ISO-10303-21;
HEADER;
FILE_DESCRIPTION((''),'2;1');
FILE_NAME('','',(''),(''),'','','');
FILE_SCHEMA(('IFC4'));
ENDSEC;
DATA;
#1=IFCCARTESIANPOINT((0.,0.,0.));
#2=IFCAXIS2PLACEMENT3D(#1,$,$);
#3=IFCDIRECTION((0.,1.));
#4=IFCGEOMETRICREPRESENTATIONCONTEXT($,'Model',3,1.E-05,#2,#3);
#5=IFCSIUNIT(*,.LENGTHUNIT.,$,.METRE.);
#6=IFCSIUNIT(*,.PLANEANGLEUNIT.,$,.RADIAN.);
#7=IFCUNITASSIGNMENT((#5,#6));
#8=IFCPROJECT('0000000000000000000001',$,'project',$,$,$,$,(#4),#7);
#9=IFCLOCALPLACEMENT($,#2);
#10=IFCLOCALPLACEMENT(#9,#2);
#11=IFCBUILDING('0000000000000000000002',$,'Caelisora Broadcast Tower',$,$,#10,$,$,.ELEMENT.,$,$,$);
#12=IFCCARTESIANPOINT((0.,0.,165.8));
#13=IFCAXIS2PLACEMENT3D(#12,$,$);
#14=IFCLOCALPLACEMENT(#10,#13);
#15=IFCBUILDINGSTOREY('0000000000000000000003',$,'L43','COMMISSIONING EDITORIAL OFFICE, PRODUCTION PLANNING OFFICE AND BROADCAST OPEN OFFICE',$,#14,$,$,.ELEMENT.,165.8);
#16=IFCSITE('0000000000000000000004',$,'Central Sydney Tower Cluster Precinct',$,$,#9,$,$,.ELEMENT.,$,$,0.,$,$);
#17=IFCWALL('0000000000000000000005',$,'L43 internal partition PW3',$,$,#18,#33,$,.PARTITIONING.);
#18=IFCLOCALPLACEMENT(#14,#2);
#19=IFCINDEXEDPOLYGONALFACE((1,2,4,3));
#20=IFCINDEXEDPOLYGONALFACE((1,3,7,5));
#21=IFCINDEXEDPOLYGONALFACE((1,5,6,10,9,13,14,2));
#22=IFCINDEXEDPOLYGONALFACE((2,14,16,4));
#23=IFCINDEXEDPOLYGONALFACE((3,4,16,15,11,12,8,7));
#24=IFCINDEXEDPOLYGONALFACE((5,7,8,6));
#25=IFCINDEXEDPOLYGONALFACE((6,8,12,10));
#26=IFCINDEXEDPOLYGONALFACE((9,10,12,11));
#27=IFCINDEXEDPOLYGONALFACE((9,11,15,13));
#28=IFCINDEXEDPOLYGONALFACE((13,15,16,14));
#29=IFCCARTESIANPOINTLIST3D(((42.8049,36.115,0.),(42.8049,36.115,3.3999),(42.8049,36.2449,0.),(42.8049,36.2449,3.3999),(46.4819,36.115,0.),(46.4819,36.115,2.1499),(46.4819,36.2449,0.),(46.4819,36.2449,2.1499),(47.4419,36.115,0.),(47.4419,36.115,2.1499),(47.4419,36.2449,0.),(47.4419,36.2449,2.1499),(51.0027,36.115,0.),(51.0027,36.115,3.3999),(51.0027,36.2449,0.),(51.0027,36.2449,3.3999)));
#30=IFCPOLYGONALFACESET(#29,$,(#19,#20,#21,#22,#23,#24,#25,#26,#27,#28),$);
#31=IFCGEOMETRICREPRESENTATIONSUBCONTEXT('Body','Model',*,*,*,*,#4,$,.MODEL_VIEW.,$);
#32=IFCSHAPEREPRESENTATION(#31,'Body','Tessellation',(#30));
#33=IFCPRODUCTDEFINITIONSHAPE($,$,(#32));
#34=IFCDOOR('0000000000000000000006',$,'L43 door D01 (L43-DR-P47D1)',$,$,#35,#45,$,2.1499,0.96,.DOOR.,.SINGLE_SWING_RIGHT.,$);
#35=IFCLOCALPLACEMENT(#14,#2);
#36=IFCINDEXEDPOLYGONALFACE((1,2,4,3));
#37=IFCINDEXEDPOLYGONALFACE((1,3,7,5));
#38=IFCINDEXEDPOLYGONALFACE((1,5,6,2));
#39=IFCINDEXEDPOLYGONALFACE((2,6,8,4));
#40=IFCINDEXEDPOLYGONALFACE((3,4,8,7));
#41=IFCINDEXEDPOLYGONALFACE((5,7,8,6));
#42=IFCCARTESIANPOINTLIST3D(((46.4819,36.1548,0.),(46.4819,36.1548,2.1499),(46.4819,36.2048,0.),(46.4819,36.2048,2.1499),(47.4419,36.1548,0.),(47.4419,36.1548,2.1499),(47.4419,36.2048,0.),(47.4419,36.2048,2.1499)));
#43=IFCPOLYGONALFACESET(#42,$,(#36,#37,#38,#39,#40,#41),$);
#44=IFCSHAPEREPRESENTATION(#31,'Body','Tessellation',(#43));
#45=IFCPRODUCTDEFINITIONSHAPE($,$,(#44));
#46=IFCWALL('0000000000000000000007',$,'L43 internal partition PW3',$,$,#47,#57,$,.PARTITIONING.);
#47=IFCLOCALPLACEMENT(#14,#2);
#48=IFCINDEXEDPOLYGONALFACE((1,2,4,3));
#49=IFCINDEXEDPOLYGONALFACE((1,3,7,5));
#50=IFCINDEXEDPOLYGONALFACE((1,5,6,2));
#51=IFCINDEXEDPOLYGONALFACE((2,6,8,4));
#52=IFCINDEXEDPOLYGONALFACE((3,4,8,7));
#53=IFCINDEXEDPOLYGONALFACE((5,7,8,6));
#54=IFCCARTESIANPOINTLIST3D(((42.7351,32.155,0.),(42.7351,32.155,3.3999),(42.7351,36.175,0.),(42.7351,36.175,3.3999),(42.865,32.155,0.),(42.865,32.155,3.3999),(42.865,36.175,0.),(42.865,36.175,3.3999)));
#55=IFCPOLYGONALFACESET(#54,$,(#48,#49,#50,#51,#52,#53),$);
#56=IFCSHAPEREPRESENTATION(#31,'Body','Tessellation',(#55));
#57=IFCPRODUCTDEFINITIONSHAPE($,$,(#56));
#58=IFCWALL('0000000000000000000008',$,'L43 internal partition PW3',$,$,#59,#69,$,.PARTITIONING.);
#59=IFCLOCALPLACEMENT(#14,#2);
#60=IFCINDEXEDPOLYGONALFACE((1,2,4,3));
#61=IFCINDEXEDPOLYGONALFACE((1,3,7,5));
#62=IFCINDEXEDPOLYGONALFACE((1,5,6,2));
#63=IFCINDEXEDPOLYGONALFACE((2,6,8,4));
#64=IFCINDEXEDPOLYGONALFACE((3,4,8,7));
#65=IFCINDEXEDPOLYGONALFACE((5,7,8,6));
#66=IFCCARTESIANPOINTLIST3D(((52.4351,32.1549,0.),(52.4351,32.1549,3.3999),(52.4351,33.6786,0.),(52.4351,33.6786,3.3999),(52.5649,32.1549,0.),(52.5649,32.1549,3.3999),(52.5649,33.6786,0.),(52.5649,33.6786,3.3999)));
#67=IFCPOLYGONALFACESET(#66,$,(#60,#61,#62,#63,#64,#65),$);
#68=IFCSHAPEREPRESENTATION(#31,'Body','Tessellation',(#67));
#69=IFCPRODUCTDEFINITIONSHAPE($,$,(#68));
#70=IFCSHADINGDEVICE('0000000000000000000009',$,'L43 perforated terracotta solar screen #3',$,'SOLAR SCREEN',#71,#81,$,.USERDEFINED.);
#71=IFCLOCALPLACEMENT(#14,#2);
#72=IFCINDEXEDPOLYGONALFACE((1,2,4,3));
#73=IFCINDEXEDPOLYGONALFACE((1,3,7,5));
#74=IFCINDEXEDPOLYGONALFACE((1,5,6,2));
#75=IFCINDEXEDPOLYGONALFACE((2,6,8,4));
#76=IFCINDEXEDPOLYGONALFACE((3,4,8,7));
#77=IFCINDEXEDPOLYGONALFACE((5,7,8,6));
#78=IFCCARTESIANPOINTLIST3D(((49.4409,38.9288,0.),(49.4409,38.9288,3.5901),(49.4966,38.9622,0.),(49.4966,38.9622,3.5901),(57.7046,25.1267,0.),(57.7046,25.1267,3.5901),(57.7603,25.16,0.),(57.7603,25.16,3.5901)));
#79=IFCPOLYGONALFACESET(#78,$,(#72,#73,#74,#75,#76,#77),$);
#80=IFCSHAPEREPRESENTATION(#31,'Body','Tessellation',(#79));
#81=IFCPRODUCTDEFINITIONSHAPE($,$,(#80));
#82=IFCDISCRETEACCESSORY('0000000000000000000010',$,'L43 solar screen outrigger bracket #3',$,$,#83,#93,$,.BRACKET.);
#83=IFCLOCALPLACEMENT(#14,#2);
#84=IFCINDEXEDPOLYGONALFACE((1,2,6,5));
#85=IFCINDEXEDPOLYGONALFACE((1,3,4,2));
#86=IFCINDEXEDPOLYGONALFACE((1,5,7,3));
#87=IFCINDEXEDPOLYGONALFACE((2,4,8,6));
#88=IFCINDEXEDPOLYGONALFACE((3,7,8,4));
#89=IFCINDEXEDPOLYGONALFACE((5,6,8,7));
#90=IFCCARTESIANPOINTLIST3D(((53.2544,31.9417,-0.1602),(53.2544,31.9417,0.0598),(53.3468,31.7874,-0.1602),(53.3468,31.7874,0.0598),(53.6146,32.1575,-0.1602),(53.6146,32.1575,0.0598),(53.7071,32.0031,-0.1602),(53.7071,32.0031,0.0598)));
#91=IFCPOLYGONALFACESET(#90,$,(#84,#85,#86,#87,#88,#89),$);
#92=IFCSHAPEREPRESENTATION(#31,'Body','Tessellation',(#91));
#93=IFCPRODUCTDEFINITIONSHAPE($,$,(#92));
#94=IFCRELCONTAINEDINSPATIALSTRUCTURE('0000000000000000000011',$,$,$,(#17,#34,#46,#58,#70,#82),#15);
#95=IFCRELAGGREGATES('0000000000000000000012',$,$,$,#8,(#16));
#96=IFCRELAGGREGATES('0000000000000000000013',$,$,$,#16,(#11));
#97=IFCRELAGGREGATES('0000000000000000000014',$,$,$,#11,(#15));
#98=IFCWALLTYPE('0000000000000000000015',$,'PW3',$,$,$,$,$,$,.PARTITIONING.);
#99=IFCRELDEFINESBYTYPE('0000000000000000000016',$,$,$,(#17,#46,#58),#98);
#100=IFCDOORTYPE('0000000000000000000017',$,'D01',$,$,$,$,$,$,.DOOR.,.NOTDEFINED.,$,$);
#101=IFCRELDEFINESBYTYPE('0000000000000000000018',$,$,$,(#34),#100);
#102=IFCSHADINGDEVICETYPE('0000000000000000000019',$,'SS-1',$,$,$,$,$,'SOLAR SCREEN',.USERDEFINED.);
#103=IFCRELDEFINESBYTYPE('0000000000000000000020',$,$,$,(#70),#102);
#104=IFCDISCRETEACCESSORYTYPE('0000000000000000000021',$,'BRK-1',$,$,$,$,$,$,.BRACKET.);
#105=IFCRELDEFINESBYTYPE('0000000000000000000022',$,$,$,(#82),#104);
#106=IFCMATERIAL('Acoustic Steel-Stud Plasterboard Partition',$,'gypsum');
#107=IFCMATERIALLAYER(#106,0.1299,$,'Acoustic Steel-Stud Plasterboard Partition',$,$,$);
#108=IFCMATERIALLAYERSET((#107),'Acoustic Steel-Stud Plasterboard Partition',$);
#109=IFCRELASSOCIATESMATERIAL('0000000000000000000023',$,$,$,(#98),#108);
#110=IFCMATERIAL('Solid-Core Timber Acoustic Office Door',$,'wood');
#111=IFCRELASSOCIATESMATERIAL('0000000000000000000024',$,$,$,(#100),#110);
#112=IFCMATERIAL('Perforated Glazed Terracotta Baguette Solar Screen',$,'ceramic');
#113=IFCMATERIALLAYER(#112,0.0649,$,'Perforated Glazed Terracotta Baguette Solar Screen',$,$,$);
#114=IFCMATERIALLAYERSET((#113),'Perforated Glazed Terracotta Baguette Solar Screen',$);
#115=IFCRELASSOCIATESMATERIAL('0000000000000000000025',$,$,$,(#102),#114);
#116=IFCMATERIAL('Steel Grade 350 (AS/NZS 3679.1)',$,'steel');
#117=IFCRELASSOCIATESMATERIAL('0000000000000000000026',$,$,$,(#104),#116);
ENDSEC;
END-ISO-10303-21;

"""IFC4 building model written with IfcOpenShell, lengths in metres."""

from ifc_helpers import new_model, si_unit, direction, frame, frame_2d, origin, origin_2d, place, context, subcontext, project, spatial, rectangle, extrude, source, transform, mapped, material, layer, layer_set, type_object, type_shapes, element, fill, save


model = new_model("IFC4")

# Units and contexts
model_context = context("Model", 3, precision=1e-05, world=origin(), true_north=direction((0.0, 1.0)))
body_context = subcontext(model_context, "Body", "Model", "MODEL_VIEW")
ifc_project = project(units=[si_unit("LENGTHUNIT", "METRE"), si_unit("PLANEANGLEUNIT", "RADIAN")], contexts=[model_context])

# Site, building, storey
site_placement = place(None, origin())
site = spatial("IfcSite", under=ifc_project, at=site_placement, Name="Central Sydney Tower Cluster Precinct", CompositionType="ELEMENT", RefElevation=0.0)
building_placement = place(site_placement, origin())
building = spatial("IfcBuilding", under=site, at=building_placement, Name="Caelisora Broadcast Tower", CompositionType="ELEMENT")
storey_placement = place(building_placement, frame((0.0, 0.0, 165.8)))
storey = spatial("IfcBuildingStorey", under=building, at=storey_placement, Name="L43", Description="COMMISSIONING EDITORIAL OFFICE, PRODUCTION PLANNING OFFICE AND BROADCAST OPEN OFFICE", CompositionType="ELEMENT", Elevation=165.8)

# Shared definitions
ifc_material_1 = material(Name="Steel Grade 350 (AS/NZS 3679.1)", Category="steel")

# Shared definitions
ifc_material_2 = material(Name="Acoustic Steel-Stud Plasterboard Partition", Category="gypsum")
ifc_layer_1 = layer(ifc_material_2, 0.1299, Name="Acoustic Steel-Stud Plasterboard Partition")
ifc_layer_set_1 = layer_set([ifc_layer_1], Name="Acoustic Steel-Stud Plasterboard Partition")
wall_type = type_object("IfcWallType", Name="PW3", PredefinedType="PARTITIONING", material=ifc_layer_set_1)
ifc_material_3 = material(Name="Solid-Core Timber Acoustic Office Door", Category="wood")
door_type = type_object("IfcDoorType", Name="D01", OperationType="NOTDEFINED", PredefinedType="DOOR", material=ifc_material_3)

# Wall, opening, door
wall_1_placement = place(storey_placement, frame((42.8049, 36.1799, 0.0), z_axis=(0.0, 0.0, 1.0), x_axis=(1.0, 0.0, 0.0)))
wall_1 = element("IfcWall", 1, at=wall_1_placement, inside=storey, type_object=wall_type, Name="L43 internal partition PW3", PredefinedType="PARTITIONING", context=body_context, shape_type="SweptSolid", body=[
    extrude(rectangle(XDim=8.1978, YDim=0.1299, at=frame_2d((4.0989, 0.0))), origin(), (0.0, 0.0, 1.0), 3.3999),
])
opening_1_placement = place(wall_1_placement, frame((3.677, 0.0, 0.0)))
opening_1 = element("IfcOpeningElement", 2, at=opening_1_placement, cuts=wall_1, PredefinedType="OPENING", context=body_context, shape_type="SweptSolid", body=[
    extrude(rectangle(XDim=0.96, YDim=2.1499, at=frame_2d((0.48, 1.075))), frame((0.0, 0.0769, 0.0), z_axis=(0.0, -1.0, 0.0), x_axis=(1.0, 0.0, 0.0)), (0.0, 0.0, 1.0), 0.1538),
])
door_1_placement = place(opening_1_placement, origin())
door_1 = element("IfcDoor", 3, at=door_1_placement, inside=storey, type_object=door_type, Name="L43 door D01 (L43-DR-P47D1)", OperationType="SINGLE_SWING_RIGHT", OverallHeight=2.1499, OverallWidth=0.96, PredefinedType="DOOR", context=body_context, shape_type="SweptSolid", body=[
    extrude(rectangle(XDim=0.96, YDim=2.1499, at=frame_2d((0.48, 1.075))), frame((0.0, 0.0249, 0.0), z_axis=(0.0, -1.0, 0.0), x_axis=(1.0, 0.0, 0.0)), (0.0, 0.0, 1.0), 0.05),
])
fill(opening_1, door_1)

# Walls
wall_2_placement = place(storey_placement, frame((42.8, 32.155, 0.0), z_axis=(0.0, 0.0, 1.0), x_axis=(0.0, 1.0, 0.0)))
element("IfcWall", 4, at=wall_2_placement, inside=storey, type_object=wall_type, Name="L43 internal partition PW3", PredefinedType="PARTITIONING", context=body_context, shape_type="SweptSolid", body=[
    extrude(rectangle(XDim=4.02, YDim=0.1299, at=frame_2d((2.01, 0.0))), origin(), (0.0, 0.0, 1.0), 3.3999),
])
wall_3_placement = place(storey_placement, frame((52.5, 32.155, 0.0), z_axis=(0.0, 0.0, 1.0), x_axis=(0.0, 1.0, 0.0)))
element("IfcWall", 5, at=wall_3_placement, inside=storey, type_object=wall_type, Name="L43 internal partition PW3", PredefinedType="PARTITIONING", context=body_context, shape_type="SweptSolid", body=[
    extrude(rectangle(XDim=1.5237, YDim=0.1299, at=frame_2d((0.7617, 0.0))), origin(), (0.0, 0.0, 1.0), 3.3999),
])

# Shading device
ifc_material_4 = material(Name="Perforated Glazed Terracotta Baguette Solar Screen", Category="ceramic")
ifc_layer_2 = layer(ifc_material_4, 0.0649, Name="Perforated Glazed Terracotta Baguette Solar Screen")
ifc_layer_set_2 = layer_set([ifc_layer_2], Name="Perforated Glazed Terracotta Baguette Solar Screen")
shading_device_type = type_object("IfcShadingDeviceType", Name="SS-1", ElementType="SOLAR SCREEN", PredefinedType="USERDEFINED", material=ifc_layer_set_2)
shared_shape_1 = source(origin(), body_context, "Body", "SweptSolid", [
    extrude(rectangle(XDim=16.0869, YDim=0.0649, at=origin_2d()), origin(), (0.0, 0.0, 1.0), 3.5901),
])
type_shapes(shading_device_type, [shared_shape_1])
shading_device_placement = place(storey_placement, frame((53.6006, 32.0444, 0.0), z_axis=(0.0, 0.0, 1.0), x_axis=(-0.513691, 0.857975, 0.0)))
element("IfcShadingDevice", 6, at=shading_device_placement, inside=storey, type_object=shading_device_type, Name="L43 perforated terracotta solar screen #3", ObjectType="SOLAR SCREEN", PredefinedType="USERDEFINED", context=body_context, shape_type="MappedRepresentation", body=[
    mapped(shared_shape_1, transform((0.0, 0.0, 0.0), scale=1.0)),
])

# Discrete accessory
discrete_accessory_type = type_object("IfcDiscreteAccessoryType", Name="BRK-1", PredefinedType="BRACKET", material=ifc_material_1)
shared_shape_2 = source(origin(), body_context, "Body", "SweptSolid", [
    extrude(rectangle(XDim=0.1799, YDim=0.4199, at=origin_2d()), origin(), (0.0, 0.0, 1.0), 0.22),
])
type_shapes(discrete_accessory_type, [shared_shape_2])
discrete_accessory_placement = place(storey_placement, frame((53.4807, 31.9724, -0.1602), z_axis=(0.0, 0.0, 1.0), x_axis=(-0.513691, 0.857975, 0.0)))
element("IfcDiscreteAccessory", 7, at=discrete_accessory_placement, inside=storey, type_object=discrete_accessory_type, Name="L43 solar screen outrigger bracket #3", PredefinedType="BRACKET", context=body_context, shape_type="MappedRepresentation", body=[
    mapped(shared_shape_2, transform((0.0, 0.0, 0.0), scale=1.0)),
])

save(model, "model.ifc")
